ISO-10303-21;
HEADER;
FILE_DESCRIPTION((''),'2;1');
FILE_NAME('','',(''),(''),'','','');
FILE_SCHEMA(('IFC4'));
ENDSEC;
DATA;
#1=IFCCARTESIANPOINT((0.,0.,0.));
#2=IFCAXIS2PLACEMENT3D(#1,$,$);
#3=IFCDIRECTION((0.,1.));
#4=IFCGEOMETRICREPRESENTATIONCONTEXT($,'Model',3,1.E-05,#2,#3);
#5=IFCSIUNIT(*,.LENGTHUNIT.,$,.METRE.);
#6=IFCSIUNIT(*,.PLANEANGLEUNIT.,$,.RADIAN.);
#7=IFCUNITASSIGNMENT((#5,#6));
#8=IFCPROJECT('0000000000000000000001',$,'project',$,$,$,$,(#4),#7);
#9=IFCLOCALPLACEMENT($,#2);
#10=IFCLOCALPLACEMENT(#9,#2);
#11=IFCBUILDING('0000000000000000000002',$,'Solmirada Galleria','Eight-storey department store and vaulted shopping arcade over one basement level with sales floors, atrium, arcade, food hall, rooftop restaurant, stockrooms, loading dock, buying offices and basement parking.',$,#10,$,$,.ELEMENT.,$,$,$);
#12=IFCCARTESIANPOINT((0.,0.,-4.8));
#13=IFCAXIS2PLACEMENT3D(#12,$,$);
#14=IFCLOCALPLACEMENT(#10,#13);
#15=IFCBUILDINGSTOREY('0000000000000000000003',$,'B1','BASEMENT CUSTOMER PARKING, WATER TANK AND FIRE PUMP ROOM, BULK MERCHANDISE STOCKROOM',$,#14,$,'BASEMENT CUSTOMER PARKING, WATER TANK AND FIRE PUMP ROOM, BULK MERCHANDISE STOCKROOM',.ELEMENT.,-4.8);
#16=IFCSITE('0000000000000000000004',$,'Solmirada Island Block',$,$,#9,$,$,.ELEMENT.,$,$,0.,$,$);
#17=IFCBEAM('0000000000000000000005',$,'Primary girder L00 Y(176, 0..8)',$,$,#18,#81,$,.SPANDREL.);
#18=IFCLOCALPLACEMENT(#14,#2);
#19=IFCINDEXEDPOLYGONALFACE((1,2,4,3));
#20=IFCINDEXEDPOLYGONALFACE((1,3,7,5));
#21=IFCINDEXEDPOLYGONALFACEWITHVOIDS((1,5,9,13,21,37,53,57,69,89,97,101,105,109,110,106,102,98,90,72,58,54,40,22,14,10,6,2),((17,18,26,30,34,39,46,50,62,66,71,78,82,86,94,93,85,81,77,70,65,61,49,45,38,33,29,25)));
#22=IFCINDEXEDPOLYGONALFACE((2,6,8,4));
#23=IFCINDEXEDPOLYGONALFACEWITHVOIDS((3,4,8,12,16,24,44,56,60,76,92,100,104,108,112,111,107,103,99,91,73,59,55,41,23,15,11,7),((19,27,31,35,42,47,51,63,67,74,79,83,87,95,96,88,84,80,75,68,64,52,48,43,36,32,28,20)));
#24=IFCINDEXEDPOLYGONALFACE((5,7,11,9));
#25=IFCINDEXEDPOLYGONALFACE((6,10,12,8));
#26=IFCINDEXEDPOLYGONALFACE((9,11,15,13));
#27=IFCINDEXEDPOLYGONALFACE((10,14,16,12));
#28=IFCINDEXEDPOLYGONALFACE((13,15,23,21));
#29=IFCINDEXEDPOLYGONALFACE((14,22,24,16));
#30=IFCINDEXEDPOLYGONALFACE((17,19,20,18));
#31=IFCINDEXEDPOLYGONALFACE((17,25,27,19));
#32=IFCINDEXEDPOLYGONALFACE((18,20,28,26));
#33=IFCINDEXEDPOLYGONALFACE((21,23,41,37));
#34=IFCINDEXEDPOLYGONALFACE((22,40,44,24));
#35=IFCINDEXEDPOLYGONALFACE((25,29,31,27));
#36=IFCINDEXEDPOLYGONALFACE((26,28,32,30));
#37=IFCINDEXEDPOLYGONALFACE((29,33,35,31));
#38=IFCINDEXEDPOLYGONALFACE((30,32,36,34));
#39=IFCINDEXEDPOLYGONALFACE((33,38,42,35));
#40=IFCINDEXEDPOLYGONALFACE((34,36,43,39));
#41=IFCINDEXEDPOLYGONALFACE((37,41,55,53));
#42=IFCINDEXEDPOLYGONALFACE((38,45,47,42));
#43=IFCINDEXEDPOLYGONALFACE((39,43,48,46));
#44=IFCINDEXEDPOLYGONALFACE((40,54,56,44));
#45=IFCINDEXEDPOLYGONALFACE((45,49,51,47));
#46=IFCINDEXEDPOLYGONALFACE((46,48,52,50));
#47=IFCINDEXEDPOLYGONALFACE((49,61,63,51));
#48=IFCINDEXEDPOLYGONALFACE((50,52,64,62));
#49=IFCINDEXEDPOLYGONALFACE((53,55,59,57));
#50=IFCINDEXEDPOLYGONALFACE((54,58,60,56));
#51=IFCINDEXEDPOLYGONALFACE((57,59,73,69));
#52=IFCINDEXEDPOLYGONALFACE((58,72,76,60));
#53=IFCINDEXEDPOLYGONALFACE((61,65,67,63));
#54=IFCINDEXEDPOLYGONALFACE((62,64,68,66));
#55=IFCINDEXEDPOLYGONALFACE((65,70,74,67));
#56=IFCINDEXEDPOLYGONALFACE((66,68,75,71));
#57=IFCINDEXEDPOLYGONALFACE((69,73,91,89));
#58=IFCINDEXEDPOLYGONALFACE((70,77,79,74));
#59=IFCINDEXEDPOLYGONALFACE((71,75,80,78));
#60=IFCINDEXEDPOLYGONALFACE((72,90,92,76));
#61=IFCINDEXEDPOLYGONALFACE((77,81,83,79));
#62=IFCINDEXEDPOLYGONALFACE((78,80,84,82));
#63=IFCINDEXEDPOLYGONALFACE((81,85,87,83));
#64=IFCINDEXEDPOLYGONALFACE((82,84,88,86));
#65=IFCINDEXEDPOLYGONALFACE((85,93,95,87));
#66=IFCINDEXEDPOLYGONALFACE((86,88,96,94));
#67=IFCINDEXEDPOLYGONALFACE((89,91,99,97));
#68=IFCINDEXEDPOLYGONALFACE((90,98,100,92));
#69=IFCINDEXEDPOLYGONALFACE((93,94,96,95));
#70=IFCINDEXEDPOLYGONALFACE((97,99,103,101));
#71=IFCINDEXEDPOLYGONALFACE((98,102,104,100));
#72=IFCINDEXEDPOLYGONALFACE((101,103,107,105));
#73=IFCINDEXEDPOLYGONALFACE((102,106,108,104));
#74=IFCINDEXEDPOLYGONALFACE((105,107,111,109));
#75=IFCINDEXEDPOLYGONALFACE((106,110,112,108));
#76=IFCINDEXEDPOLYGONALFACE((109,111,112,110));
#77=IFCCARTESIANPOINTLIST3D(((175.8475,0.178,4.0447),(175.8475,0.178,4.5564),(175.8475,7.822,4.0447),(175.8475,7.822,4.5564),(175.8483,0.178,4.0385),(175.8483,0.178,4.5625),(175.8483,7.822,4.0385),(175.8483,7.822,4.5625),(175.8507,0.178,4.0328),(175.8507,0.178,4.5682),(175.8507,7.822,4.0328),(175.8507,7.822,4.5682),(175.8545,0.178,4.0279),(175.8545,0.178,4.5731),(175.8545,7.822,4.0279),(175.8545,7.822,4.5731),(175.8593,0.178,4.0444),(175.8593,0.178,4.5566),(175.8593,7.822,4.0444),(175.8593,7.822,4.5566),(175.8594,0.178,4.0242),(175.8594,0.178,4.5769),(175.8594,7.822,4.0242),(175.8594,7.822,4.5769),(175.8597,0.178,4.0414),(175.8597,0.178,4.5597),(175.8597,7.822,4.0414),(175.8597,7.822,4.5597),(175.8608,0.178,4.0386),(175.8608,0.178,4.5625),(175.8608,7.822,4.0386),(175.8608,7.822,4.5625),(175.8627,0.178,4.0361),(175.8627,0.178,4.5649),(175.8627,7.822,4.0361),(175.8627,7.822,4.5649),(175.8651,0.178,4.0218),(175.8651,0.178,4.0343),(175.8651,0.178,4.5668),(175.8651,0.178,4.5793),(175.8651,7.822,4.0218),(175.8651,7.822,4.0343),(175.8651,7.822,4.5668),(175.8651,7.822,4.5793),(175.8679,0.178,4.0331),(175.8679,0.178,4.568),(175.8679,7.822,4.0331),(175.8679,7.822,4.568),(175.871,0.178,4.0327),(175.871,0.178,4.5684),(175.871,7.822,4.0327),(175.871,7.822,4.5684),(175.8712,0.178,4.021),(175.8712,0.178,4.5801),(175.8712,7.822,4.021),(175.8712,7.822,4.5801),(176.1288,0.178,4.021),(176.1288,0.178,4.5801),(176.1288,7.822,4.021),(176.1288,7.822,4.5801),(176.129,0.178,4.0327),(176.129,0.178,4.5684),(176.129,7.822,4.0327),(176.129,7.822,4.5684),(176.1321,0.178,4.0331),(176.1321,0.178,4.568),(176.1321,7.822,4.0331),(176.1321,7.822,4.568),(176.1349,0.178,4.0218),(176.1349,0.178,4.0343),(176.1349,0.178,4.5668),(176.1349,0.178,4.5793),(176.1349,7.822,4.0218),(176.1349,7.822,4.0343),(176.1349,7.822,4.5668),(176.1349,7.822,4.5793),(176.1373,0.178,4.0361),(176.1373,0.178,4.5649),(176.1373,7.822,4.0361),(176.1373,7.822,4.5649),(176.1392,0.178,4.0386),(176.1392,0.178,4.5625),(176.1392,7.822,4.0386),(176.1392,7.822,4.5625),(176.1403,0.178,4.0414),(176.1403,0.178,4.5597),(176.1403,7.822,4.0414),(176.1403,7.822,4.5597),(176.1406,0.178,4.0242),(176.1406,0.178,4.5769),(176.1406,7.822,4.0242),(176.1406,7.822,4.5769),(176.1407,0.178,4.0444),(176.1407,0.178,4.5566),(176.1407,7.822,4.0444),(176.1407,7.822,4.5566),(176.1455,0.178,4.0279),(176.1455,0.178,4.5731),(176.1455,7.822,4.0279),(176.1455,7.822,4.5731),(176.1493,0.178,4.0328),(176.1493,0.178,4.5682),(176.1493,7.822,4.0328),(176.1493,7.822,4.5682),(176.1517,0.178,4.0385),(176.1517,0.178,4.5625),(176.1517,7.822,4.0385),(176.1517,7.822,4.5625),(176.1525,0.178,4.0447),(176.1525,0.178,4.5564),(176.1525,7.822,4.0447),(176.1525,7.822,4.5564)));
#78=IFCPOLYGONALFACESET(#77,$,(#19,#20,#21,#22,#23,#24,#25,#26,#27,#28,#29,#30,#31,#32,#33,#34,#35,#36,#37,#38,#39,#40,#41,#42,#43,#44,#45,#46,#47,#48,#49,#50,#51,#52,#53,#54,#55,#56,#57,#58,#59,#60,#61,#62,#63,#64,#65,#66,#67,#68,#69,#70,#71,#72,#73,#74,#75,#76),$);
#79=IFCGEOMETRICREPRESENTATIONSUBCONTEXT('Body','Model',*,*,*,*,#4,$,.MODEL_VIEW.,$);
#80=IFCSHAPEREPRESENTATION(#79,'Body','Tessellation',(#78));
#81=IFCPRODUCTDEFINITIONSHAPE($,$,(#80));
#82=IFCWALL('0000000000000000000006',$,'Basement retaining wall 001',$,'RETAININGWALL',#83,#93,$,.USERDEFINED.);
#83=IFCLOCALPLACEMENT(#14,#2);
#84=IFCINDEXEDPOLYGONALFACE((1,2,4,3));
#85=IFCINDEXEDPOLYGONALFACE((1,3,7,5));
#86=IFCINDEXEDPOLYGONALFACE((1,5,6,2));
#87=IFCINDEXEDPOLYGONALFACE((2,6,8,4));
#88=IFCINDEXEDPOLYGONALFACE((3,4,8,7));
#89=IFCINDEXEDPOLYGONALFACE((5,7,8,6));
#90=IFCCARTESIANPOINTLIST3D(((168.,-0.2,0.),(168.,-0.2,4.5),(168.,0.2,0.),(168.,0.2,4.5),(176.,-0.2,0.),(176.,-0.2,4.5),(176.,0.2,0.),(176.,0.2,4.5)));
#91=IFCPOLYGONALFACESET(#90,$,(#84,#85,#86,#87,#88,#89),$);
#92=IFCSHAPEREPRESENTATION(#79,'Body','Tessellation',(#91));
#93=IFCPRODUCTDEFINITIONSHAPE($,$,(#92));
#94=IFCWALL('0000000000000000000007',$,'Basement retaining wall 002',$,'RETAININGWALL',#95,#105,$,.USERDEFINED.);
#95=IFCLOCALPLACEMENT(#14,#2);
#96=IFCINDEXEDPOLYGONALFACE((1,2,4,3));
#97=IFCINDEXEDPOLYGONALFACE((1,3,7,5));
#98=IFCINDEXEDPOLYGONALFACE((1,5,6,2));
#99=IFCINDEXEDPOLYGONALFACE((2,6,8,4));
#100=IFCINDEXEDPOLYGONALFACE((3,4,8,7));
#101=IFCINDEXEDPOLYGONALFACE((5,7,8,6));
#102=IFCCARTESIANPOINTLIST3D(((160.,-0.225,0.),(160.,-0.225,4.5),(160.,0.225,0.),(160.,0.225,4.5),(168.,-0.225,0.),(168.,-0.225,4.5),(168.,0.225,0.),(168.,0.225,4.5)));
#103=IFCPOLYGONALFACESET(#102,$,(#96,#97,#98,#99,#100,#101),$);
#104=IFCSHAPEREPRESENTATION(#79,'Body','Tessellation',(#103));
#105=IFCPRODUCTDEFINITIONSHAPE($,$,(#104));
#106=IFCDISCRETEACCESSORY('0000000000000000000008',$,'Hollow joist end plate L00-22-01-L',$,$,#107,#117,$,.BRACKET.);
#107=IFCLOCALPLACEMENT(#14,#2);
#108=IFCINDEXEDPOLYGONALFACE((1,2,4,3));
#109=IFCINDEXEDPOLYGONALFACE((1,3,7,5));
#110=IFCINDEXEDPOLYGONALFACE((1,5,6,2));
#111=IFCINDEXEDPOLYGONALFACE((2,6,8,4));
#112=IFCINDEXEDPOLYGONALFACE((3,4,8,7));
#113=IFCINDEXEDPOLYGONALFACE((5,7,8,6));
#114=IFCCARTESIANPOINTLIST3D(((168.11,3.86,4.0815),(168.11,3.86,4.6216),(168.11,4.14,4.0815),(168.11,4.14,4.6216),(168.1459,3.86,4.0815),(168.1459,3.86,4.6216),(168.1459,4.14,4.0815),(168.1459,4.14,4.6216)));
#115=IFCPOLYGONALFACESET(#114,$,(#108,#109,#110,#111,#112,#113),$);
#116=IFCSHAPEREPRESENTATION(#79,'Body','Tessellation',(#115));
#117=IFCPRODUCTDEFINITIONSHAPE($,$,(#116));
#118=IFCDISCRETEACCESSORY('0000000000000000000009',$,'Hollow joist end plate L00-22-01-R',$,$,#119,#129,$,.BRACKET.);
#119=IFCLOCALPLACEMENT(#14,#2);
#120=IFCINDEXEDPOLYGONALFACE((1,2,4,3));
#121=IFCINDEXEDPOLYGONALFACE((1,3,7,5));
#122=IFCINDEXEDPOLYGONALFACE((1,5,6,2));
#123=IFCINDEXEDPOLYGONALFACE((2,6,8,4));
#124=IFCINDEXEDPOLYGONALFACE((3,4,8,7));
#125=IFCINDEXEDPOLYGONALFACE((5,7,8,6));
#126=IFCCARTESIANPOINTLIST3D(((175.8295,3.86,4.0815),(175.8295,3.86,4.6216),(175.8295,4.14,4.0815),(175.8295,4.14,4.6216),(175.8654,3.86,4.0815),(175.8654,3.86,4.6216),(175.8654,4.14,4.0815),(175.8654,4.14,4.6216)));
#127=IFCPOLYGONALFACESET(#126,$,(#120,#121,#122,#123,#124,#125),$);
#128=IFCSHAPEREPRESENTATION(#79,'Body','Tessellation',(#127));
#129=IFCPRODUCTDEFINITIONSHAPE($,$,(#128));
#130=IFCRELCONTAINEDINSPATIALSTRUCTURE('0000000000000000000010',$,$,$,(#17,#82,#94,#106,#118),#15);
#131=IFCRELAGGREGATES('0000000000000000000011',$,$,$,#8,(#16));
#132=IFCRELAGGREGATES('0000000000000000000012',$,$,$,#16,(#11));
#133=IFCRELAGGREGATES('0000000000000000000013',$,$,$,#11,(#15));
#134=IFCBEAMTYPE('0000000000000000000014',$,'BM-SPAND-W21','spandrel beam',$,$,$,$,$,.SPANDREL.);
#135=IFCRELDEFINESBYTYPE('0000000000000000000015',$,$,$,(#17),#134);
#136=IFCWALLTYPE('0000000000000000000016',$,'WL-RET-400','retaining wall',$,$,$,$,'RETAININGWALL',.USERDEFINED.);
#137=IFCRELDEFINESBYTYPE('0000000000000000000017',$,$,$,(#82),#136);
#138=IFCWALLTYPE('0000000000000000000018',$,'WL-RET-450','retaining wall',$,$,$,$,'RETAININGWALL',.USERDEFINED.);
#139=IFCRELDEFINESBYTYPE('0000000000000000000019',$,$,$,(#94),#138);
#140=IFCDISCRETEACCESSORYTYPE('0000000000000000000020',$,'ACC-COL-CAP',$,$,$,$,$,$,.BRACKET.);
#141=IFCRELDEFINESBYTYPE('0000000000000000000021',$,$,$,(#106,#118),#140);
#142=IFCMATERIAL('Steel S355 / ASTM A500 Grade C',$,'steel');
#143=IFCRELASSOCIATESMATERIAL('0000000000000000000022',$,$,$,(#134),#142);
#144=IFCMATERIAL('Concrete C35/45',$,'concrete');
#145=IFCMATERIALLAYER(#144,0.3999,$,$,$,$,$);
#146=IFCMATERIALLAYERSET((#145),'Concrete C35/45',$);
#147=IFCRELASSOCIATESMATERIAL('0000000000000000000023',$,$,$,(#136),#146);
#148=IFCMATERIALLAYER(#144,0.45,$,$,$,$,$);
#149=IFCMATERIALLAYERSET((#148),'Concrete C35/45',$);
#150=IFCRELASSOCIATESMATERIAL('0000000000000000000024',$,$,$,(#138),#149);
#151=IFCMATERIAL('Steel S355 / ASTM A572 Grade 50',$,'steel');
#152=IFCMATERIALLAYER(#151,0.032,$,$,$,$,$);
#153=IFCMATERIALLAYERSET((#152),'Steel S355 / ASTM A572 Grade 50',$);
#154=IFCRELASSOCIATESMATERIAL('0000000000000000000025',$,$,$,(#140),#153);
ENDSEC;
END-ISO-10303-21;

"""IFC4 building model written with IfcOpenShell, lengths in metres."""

from ifc_helpers import new_model, si_unit, direction, frame, frame_2d, origin, origin_2d, place, context, subcontext, project, spatial, rectangle, hollow_rectangle, extrude, material, layer, layer_set, material_profile, profile_set, type_object, element, save


model = new_model("IFC4")

# Units and contexts
model_context = context("Model", 3, precision=1e-05, world=origin(), true_north=direction((0.0, 1.0)))
body_context = subcontext(model_context, "Body", "Model", "MODEL_VIEW")
ifc_project = project(units=[si_unit("LENGTHUNIT", "METRE"), si_unit("PLANEANGLEUNIT", "RADIAN")], contexts=[model_context])

# Site, building, storey
site_placement = place(None, origin())
site = spatial("IfcSite", under=ifc_project, at=site_placement, Name="Solmirada Island Block", CompositionType="ELEMENT", RefElevation=0.0)
building_placement = place(site_placement, origin())
building = spatial("IfcBuilding", under=site, at=building_placement, Name="Solmirada Galleria", Description="Eight-storey department store and vaulted shopping arcade over one basement level with sales floors, atrium, arcade, food hall, rooftop restaurant, stockrooms, loading dock, buying offices and basement parking.", CompositionType="ELEMENT")
storey_placement = place(building_placement, frame((0.0, 0.0, -4.8)))
storey = spatial("IfcBuildingStorey", under=building, at=storey_placement, Name="B1", Description="BASEMENT CUSTOMER PARKING, WATER TANK AND FIRE PUMP ROOM, BULK MERCHANDISE STOCKROOM", LongName="BASEMENT CUSTOMER PARKING, WATER TANK AND FIRE PUMP ROOM, BULK MERCHANDISE STOCKROOM", CompositionType="ELEMENT", Elevation=-4.8)

# Shared definitions
ifc_material_1 = material(Name="Concrete C35/45", Category="concrete")

# Shared definitions
ifc_material_2 = material(Name="Steel S355 / ASTM A500 Grade C", Category="steel")

# Beam
ifc_material_profile_1 = material_profile(ifc_material_2, hollow_rectangle(XDim=0.3049, YDim=0.5591, WallThickness=0.0117, InnerFilletRadius=0.0117, OuterFilletRadius=0.0237, at=origin_2d()), Name="HSS22X12X1/2")
ifc_profile_set_1 = profile_set([ifc_material_profile_1], Name="Steel S355 / ASTM A500 Grade C")
beam_type_1 = type_object("IfcBeamType", Name="BM-SPAND-W21", Description="spandrel beam", PredefinedType="SPANDREL", material=ifc_profile_set_1)
for number, where, z_axis, x_axis, name in (
    (1, (176.0, 0.178, 4.3005), (0.0, 1.0, 0.0), (-1.0, 0.0, 0.0), "Primary girder L00 Y(176, 0..8)"),
):
    element("IfcBeam", number, at=place(storey_placement, frame(where, z_axis=z_axis, x_axis=x_axis)), inside=storey, type_object=beam_type_1, Name=name, PredefinedType="SPANDREL", context=body_context, shape_type="SweptSolid", body=[
        extrude(hollow_rectangle(XDim=0.3049, YDim=0.5591, WallThickness=0.0117, InnerFilletRadius=0.0117, OuterFilletRadius=0.0237, at=origin_2d()), origin(), (0.0, 0.0, 1.0), 7.644),
    ])

# Walls
ifc_layer_1 = layer(ifc_material_1, 0.3999)
ifc_layer_set_1 = layer_set([ifc_layer_1], Name="Concrete C35/45")
wall_type_1 = type_object("IfcWallType", Name="WL-RET-400", Description="retaining wall", ElementType="RETAININGWALL", PredefinedType="USERDEFINED", material=ifc_layer_set_1)
wall_1_placement = place(storey_placement, frame((176.0, 0.0, 0.0), z_axis=(0.0, 0.0, 1.0), x_axis=(-1.0, 0.0, 0.0)))
element("IfcWall", 2, at=wall_1_placement, inside=storey, type_object=wall_type_1, Name="Basement retaining wall 001", ObjectType="RETAININGWALL", PredefinedType="USERDEFINED", context=body_context, shape_type="SweptSolid", body=[
    extrude(rectangle(XDim=8.0, YDim=0.3999, at=frame_2d((4.0, 0.0))), origin(), (0.0, 0.0, 1.0), 4.5),
])
ifc_layer_2 = layer(ifc_material_1, 0.45)
ifc_layer_set_2 = layer_set([ifc_layer_2], Name="Concrete C35/45")
wall_type_2 = type_object("IfcWallType", Name="WL-RET-450", Description="retaining wall", ElementType="RETAININGWALL", PredefinedType="USERDEFINED", material=ifc_layer_set_2)
wall_2_placement = place(storey_placement, frame((168.0, 0.0, 0.0), z_axis=(0.0, 0.0, 1.0), x_axis=(-1.0, 0.0, 0.0)))
element("IfcWall", 3, at=wall_2_placement, inside=storey, type_object=wall_type_2, Name="Basement retaining wall 002", ObjectType="RETAININGWALL", PredefinedType="USERDEFINED", context=body_context, shape_type="SweptSolid", body=[
    extrude(rectangle(XDim=8.0, YDim=0.45, at=frame_2d((4.0, 0.0))), origin(), (0.0, 0.0, 1.0), 4.5),
])

# Discrete accessories
ifc_material_3 = material(Name="Steel S355 / ASTM A572 Grade 50", Category="steel")
ifc_layer_3 = layer(ifc_material_3, 0.032)
ifc_layer_set_3 = layer_set([ifc_layer_3], Name="Steel S355 / ASTM A572 Grade 50")
discrete_accessory_type = type_object("IfcDiscreteAccessoryType", Name="ACC-COL-CAP", PredefinedType="BRACKET", material=ifc_layer_set_3)
for number, where, z_axis, x_axis, name in (
    (4, (168.1279, 4.0, 4.0815), (0.0, 0.0, 1.0), (1.0, 0.0, 0.0), "Hollow joist end plate L00-22-01-L"),
    (5, (175.8474, 4.0, 4.0815), (0.0, 0.0, 1.0), (1.0, 0.0, 0.0), "Hollow joist end plate L00-22-01-R"),
):
    element("IfcDiscreteAccessory", number, at=place(storey_placement, frame(where, z_axis=z_axis, x_axis=x_axis)), inside=storey, type_object=discrete_accessory_type, Name=name, PredefinedType="BRACKET", context=body_context, shape_type="SweptSolid", body=[
        extrude(rectangle(XDim=0.0359, YDim=0.28, at=origin_2d()), origin(), (0.0, 0.0, 1.0), 0.54),
    ])

save(model, "model.ifc")
